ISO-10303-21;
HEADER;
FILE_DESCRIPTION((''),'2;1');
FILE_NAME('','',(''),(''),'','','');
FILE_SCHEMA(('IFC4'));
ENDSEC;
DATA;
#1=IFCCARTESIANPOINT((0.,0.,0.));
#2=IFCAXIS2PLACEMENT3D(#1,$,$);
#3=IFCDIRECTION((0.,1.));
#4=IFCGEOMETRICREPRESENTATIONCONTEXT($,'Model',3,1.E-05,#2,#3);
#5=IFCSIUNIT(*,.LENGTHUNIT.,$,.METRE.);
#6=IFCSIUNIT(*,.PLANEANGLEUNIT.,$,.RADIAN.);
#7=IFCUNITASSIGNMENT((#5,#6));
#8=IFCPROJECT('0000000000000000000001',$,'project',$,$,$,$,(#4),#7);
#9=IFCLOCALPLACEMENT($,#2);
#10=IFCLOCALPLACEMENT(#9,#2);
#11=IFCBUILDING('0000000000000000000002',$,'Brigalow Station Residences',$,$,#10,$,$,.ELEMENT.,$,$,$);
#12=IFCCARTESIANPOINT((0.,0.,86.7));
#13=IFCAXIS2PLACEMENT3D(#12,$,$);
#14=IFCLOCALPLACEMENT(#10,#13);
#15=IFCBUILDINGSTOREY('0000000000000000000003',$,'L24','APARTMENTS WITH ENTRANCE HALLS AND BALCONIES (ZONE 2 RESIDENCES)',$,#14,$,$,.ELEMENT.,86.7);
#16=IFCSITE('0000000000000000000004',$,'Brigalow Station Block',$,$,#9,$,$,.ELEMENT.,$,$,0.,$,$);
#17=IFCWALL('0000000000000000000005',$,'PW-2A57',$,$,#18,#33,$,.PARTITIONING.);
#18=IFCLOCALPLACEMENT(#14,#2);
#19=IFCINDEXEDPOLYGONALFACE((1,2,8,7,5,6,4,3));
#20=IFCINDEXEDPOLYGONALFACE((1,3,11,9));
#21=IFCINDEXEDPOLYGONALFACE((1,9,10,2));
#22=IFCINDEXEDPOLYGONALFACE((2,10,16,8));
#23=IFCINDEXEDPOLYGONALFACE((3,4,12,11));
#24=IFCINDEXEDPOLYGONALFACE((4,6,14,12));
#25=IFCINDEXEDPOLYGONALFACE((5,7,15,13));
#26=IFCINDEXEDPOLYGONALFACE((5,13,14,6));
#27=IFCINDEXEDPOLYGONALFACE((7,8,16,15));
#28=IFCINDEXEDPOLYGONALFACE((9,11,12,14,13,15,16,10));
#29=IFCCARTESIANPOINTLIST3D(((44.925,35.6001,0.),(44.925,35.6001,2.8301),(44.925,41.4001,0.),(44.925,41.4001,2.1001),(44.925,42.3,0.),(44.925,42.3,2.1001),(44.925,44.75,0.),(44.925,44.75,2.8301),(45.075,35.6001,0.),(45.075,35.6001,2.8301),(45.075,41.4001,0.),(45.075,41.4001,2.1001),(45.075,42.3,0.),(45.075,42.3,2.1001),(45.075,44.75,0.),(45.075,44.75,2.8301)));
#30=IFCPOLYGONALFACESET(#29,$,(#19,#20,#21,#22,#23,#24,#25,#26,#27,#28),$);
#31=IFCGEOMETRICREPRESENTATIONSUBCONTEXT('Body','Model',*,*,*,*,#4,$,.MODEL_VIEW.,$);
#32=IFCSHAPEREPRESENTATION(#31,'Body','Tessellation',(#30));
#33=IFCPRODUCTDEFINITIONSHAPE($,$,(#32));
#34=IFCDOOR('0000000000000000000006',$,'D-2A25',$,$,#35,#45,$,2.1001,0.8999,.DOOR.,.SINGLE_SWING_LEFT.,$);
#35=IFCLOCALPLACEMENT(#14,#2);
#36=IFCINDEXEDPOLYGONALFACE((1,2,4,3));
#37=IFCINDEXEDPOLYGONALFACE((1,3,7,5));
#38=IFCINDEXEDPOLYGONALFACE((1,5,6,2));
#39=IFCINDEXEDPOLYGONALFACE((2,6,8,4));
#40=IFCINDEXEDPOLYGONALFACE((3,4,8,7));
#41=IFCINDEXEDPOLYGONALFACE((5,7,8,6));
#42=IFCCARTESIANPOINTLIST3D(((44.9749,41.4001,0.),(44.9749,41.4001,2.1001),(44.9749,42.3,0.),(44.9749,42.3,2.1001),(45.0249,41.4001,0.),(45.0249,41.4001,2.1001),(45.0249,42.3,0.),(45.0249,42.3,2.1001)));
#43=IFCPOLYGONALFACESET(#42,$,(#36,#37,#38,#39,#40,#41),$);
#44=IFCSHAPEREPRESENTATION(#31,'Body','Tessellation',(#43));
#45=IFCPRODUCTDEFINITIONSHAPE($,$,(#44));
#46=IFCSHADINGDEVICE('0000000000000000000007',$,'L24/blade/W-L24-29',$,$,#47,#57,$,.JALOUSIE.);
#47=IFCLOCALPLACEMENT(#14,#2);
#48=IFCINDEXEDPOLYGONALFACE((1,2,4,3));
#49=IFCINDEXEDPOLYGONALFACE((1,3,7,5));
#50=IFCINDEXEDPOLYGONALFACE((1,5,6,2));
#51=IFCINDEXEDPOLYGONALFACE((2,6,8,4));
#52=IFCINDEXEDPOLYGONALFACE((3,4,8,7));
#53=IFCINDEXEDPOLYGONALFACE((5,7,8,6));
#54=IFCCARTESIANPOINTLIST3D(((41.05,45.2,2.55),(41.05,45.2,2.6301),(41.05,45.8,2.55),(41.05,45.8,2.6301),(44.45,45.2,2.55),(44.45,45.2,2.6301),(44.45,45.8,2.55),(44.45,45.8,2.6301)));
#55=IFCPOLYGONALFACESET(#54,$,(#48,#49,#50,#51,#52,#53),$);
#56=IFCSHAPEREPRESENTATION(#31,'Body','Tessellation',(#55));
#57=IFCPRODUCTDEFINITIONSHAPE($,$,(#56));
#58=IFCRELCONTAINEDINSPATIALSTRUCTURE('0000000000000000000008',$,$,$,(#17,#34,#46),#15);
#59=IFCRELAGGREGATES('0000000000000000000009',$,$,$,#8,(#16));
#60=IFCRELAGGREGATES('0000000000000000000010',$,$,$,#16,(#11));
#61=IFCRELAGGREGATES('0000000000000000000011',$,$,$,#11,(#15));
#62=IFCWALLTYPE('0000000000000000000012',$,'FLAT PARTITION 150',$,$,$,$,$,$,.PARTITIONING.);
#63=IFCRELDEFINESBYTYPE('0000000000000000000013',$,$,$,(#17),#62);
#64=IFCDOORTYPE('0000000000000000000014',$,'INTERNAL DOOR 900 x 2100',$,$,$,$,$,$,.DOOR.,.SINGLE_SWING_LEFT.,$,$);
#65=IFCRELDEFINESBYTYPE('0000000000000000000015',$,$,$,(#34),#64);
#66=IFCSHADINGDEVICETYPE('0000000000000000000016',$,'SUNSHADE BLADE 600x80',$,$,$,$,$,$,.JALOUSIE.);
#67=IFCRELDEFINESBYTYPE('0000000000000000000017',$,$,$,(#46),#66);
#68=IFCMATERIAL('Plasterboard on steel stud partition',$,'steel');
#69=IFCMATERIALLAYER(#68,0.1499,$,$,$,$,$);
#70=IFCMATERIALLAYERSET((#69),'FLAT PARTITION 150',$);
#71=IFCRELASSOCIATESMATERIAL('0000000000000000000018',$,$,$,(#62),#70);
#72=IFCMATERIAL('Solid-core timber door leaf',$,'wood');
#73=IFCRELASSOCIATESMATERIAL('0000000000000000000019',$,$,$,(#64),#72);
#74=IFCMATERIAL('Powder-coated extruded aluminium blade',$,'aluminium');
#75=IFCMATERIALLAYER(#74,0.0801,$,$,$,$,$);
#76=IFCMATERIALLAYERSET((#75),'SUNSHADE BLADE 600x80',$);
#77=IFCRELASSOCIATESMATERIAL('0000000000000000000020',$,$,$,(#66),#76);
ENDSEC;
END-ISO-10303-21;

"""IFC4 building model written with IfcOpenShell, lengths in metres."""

from ifc_helpers import new_model, si_unit, direction, frame, frame_2d, origin, origin_2d, place, context, subcontext, project, spatial, rectangle, extrude, material, layer, layer_set, type_object, element, fill, save


model = new_model("IFC4")

# Units and contexts
model_context = context("Model", 3, precision=1e-05, world=origin(), true_north=direction((0.0, 1.0)))
body_context = subcontext(model_context, "Body", "Model", "MODEL_VIEW")
ifc_project = project(units=[si_unit("LENGTHUNIT", "METRE"), si_unit("PLANEANGLEUNIT", "RADIAN")], contexts=[model_context])

# Site, building, storey
site_placement = place(None, origin())
site = spatial("IfcSite", under=ifc_project, at=site_placement, Name="Brigalow Station Block", CompositionType="ELEMENT", RefElevation=0.0)
building_placement = place(site_placement, origin())
building = spatial("IfcBuilding", under=site, at=building_placement, Name="Brigalow Station Residences", CompositionType="ELEMENT")
storey_placement = place(building_placement, frame((0.0, 0.0, 86.7)))
storey = spatial("IfcBuildingStorey", under=building, at=storey_placement, Name="L24", Description="APARTMENTS WITH ENTRANCE HALLS AND BALCONIES (ZONE 2 RESIDENCES)", CompositionType="ELEMENT", Elevation=86.7)

# Wall, opening, door
ifc_material_1 = material(Name="Plasterboard on steel stud partition", Category="steel")
ifc_layer_1 = layer(ifc_material_1, 0.1499)
ifc_layer_set_1 = layer_set([ifc_layer_1], Name="FLAT PARTITION 150")
wall_type_1 = type_object("IfcWallType", Name="FLAT PARTITION 150", PredefinedType="PARTITIONING", material=ifc_layer_set_1)
wall_1_placement = place(storey_placement, frame((45.0, 35.6001, 0.0), z_axis=(0.0, 0.0, 1.0), x_axis=(0.0, 1.0, 0.0)))
wall_1 = element("IfcWall", 1, at=wall_1_placement, inside=storey, type_object=wall_type_1, Name="PW-2A57", PredefinedType="PARTITIONING", context=body_context, shape_type="SweptSolid", body=[
    extrude(rectangle(XDim=9.1499, YDim=0.1499, at=frame_2d((4.575, 0.0))), origin(), (0.0, 0.0, 1.0), 2.8301),
])
opening_1_placement = place(wall_1_placement, frame((5.8, 0.0, 0.0)))
opening_1 = element("IfcOpeningElement", 2, at=opening_1_placement, cuts=wall_1, PredefinedType="OPENING", context=body_context, shape_type="SweptSolid", body=[
    extrude(rectangle(XDim=0.8999, YDim=2.1001, at=frame_2d((0.45, 1.05))), frame((0.0, 0.085, 0.0), z_axis=(0.0, -1.0, 0.0), x_axis=(1.0, 0.0, 0.0)), (0.0, 0.0, 1.0), 0.1699),
])
ifc_material_2 = material(Name="Solid-core timber door leaf", Category="wood")
door_type = type_object("IfcDoorType", Name="INTERNAL DOOR 900 x 2100", OperationType="SINGLE_SWING_LEFT", PredefinedType="DOOR", material=ifc_material_2)
door_placement = place(opening_1_placement, frame((0.8999, 0.0, 0.0), z_axis=(0.0, 0.0, 1.0), x_axis=(-1.0, 0.0, 0.0)))
door = element("IfcDoor", 3, at=door_placement, inside=storey, type_object=door_type, Name="D-2A25", OperationType="SINGLE_SWING_LEFT", OverallHeight=2.1001, OverallWidth=0.8999, PredefinedType="DOOR", context=body_context, shape_type="SweptSolid", body=[
    extrude(rectangle(XDim=0.8999, YDim=2.1001, at=frame_2d((0.45, 1.05))), frame((0.0, 0.0249, 0.0), z_axis=(0.0, -1.0, 0.0), x_axis=(1.0, 0.0, 0.0)), (0.0, 0.0, 1.0), 0.05),
])
fill(opening_1, door)

# Shading device
ifc_material_3 = material(Name="Powder-coated extruded aluminium blade", Category="aluminium")
ifc_layer_2 = layer(ifc_material_3, 0.0801)
ifc_layer_set_2 = layer_set([ifc_layer_2], Name="SUNSHADE BLADE 600x80")
shading_device_type = type_object("IfcShadingDeviceType", Name="SUNSHADE BLADE 600x80", PredefinedType="JALOUSIE", material=ifc_layer_set_2)
shading_device_placement = place(storey_placement, frame((42.75, 45.5, 2.55), z_axis=(0.0, 0.0, 1.0), x_axis=(-1.0, 0.0, 0.0)))
element("IfcShadingDevice", 4, at=shading_device_placement, inside=storey, type_object=shading_device_type, Name="L24/blade/W-L24-29", PredefinedType="JALOUSIE", context=body_context, shape_type="SweptSolid", body=[
    extrude(rectangle(XDim=3.3999, YDim=0.6001, at=origin_2d()), origin(), (0.0, 0.0, 1.0), 0.0801),
])

save(model, "model.ifc")
